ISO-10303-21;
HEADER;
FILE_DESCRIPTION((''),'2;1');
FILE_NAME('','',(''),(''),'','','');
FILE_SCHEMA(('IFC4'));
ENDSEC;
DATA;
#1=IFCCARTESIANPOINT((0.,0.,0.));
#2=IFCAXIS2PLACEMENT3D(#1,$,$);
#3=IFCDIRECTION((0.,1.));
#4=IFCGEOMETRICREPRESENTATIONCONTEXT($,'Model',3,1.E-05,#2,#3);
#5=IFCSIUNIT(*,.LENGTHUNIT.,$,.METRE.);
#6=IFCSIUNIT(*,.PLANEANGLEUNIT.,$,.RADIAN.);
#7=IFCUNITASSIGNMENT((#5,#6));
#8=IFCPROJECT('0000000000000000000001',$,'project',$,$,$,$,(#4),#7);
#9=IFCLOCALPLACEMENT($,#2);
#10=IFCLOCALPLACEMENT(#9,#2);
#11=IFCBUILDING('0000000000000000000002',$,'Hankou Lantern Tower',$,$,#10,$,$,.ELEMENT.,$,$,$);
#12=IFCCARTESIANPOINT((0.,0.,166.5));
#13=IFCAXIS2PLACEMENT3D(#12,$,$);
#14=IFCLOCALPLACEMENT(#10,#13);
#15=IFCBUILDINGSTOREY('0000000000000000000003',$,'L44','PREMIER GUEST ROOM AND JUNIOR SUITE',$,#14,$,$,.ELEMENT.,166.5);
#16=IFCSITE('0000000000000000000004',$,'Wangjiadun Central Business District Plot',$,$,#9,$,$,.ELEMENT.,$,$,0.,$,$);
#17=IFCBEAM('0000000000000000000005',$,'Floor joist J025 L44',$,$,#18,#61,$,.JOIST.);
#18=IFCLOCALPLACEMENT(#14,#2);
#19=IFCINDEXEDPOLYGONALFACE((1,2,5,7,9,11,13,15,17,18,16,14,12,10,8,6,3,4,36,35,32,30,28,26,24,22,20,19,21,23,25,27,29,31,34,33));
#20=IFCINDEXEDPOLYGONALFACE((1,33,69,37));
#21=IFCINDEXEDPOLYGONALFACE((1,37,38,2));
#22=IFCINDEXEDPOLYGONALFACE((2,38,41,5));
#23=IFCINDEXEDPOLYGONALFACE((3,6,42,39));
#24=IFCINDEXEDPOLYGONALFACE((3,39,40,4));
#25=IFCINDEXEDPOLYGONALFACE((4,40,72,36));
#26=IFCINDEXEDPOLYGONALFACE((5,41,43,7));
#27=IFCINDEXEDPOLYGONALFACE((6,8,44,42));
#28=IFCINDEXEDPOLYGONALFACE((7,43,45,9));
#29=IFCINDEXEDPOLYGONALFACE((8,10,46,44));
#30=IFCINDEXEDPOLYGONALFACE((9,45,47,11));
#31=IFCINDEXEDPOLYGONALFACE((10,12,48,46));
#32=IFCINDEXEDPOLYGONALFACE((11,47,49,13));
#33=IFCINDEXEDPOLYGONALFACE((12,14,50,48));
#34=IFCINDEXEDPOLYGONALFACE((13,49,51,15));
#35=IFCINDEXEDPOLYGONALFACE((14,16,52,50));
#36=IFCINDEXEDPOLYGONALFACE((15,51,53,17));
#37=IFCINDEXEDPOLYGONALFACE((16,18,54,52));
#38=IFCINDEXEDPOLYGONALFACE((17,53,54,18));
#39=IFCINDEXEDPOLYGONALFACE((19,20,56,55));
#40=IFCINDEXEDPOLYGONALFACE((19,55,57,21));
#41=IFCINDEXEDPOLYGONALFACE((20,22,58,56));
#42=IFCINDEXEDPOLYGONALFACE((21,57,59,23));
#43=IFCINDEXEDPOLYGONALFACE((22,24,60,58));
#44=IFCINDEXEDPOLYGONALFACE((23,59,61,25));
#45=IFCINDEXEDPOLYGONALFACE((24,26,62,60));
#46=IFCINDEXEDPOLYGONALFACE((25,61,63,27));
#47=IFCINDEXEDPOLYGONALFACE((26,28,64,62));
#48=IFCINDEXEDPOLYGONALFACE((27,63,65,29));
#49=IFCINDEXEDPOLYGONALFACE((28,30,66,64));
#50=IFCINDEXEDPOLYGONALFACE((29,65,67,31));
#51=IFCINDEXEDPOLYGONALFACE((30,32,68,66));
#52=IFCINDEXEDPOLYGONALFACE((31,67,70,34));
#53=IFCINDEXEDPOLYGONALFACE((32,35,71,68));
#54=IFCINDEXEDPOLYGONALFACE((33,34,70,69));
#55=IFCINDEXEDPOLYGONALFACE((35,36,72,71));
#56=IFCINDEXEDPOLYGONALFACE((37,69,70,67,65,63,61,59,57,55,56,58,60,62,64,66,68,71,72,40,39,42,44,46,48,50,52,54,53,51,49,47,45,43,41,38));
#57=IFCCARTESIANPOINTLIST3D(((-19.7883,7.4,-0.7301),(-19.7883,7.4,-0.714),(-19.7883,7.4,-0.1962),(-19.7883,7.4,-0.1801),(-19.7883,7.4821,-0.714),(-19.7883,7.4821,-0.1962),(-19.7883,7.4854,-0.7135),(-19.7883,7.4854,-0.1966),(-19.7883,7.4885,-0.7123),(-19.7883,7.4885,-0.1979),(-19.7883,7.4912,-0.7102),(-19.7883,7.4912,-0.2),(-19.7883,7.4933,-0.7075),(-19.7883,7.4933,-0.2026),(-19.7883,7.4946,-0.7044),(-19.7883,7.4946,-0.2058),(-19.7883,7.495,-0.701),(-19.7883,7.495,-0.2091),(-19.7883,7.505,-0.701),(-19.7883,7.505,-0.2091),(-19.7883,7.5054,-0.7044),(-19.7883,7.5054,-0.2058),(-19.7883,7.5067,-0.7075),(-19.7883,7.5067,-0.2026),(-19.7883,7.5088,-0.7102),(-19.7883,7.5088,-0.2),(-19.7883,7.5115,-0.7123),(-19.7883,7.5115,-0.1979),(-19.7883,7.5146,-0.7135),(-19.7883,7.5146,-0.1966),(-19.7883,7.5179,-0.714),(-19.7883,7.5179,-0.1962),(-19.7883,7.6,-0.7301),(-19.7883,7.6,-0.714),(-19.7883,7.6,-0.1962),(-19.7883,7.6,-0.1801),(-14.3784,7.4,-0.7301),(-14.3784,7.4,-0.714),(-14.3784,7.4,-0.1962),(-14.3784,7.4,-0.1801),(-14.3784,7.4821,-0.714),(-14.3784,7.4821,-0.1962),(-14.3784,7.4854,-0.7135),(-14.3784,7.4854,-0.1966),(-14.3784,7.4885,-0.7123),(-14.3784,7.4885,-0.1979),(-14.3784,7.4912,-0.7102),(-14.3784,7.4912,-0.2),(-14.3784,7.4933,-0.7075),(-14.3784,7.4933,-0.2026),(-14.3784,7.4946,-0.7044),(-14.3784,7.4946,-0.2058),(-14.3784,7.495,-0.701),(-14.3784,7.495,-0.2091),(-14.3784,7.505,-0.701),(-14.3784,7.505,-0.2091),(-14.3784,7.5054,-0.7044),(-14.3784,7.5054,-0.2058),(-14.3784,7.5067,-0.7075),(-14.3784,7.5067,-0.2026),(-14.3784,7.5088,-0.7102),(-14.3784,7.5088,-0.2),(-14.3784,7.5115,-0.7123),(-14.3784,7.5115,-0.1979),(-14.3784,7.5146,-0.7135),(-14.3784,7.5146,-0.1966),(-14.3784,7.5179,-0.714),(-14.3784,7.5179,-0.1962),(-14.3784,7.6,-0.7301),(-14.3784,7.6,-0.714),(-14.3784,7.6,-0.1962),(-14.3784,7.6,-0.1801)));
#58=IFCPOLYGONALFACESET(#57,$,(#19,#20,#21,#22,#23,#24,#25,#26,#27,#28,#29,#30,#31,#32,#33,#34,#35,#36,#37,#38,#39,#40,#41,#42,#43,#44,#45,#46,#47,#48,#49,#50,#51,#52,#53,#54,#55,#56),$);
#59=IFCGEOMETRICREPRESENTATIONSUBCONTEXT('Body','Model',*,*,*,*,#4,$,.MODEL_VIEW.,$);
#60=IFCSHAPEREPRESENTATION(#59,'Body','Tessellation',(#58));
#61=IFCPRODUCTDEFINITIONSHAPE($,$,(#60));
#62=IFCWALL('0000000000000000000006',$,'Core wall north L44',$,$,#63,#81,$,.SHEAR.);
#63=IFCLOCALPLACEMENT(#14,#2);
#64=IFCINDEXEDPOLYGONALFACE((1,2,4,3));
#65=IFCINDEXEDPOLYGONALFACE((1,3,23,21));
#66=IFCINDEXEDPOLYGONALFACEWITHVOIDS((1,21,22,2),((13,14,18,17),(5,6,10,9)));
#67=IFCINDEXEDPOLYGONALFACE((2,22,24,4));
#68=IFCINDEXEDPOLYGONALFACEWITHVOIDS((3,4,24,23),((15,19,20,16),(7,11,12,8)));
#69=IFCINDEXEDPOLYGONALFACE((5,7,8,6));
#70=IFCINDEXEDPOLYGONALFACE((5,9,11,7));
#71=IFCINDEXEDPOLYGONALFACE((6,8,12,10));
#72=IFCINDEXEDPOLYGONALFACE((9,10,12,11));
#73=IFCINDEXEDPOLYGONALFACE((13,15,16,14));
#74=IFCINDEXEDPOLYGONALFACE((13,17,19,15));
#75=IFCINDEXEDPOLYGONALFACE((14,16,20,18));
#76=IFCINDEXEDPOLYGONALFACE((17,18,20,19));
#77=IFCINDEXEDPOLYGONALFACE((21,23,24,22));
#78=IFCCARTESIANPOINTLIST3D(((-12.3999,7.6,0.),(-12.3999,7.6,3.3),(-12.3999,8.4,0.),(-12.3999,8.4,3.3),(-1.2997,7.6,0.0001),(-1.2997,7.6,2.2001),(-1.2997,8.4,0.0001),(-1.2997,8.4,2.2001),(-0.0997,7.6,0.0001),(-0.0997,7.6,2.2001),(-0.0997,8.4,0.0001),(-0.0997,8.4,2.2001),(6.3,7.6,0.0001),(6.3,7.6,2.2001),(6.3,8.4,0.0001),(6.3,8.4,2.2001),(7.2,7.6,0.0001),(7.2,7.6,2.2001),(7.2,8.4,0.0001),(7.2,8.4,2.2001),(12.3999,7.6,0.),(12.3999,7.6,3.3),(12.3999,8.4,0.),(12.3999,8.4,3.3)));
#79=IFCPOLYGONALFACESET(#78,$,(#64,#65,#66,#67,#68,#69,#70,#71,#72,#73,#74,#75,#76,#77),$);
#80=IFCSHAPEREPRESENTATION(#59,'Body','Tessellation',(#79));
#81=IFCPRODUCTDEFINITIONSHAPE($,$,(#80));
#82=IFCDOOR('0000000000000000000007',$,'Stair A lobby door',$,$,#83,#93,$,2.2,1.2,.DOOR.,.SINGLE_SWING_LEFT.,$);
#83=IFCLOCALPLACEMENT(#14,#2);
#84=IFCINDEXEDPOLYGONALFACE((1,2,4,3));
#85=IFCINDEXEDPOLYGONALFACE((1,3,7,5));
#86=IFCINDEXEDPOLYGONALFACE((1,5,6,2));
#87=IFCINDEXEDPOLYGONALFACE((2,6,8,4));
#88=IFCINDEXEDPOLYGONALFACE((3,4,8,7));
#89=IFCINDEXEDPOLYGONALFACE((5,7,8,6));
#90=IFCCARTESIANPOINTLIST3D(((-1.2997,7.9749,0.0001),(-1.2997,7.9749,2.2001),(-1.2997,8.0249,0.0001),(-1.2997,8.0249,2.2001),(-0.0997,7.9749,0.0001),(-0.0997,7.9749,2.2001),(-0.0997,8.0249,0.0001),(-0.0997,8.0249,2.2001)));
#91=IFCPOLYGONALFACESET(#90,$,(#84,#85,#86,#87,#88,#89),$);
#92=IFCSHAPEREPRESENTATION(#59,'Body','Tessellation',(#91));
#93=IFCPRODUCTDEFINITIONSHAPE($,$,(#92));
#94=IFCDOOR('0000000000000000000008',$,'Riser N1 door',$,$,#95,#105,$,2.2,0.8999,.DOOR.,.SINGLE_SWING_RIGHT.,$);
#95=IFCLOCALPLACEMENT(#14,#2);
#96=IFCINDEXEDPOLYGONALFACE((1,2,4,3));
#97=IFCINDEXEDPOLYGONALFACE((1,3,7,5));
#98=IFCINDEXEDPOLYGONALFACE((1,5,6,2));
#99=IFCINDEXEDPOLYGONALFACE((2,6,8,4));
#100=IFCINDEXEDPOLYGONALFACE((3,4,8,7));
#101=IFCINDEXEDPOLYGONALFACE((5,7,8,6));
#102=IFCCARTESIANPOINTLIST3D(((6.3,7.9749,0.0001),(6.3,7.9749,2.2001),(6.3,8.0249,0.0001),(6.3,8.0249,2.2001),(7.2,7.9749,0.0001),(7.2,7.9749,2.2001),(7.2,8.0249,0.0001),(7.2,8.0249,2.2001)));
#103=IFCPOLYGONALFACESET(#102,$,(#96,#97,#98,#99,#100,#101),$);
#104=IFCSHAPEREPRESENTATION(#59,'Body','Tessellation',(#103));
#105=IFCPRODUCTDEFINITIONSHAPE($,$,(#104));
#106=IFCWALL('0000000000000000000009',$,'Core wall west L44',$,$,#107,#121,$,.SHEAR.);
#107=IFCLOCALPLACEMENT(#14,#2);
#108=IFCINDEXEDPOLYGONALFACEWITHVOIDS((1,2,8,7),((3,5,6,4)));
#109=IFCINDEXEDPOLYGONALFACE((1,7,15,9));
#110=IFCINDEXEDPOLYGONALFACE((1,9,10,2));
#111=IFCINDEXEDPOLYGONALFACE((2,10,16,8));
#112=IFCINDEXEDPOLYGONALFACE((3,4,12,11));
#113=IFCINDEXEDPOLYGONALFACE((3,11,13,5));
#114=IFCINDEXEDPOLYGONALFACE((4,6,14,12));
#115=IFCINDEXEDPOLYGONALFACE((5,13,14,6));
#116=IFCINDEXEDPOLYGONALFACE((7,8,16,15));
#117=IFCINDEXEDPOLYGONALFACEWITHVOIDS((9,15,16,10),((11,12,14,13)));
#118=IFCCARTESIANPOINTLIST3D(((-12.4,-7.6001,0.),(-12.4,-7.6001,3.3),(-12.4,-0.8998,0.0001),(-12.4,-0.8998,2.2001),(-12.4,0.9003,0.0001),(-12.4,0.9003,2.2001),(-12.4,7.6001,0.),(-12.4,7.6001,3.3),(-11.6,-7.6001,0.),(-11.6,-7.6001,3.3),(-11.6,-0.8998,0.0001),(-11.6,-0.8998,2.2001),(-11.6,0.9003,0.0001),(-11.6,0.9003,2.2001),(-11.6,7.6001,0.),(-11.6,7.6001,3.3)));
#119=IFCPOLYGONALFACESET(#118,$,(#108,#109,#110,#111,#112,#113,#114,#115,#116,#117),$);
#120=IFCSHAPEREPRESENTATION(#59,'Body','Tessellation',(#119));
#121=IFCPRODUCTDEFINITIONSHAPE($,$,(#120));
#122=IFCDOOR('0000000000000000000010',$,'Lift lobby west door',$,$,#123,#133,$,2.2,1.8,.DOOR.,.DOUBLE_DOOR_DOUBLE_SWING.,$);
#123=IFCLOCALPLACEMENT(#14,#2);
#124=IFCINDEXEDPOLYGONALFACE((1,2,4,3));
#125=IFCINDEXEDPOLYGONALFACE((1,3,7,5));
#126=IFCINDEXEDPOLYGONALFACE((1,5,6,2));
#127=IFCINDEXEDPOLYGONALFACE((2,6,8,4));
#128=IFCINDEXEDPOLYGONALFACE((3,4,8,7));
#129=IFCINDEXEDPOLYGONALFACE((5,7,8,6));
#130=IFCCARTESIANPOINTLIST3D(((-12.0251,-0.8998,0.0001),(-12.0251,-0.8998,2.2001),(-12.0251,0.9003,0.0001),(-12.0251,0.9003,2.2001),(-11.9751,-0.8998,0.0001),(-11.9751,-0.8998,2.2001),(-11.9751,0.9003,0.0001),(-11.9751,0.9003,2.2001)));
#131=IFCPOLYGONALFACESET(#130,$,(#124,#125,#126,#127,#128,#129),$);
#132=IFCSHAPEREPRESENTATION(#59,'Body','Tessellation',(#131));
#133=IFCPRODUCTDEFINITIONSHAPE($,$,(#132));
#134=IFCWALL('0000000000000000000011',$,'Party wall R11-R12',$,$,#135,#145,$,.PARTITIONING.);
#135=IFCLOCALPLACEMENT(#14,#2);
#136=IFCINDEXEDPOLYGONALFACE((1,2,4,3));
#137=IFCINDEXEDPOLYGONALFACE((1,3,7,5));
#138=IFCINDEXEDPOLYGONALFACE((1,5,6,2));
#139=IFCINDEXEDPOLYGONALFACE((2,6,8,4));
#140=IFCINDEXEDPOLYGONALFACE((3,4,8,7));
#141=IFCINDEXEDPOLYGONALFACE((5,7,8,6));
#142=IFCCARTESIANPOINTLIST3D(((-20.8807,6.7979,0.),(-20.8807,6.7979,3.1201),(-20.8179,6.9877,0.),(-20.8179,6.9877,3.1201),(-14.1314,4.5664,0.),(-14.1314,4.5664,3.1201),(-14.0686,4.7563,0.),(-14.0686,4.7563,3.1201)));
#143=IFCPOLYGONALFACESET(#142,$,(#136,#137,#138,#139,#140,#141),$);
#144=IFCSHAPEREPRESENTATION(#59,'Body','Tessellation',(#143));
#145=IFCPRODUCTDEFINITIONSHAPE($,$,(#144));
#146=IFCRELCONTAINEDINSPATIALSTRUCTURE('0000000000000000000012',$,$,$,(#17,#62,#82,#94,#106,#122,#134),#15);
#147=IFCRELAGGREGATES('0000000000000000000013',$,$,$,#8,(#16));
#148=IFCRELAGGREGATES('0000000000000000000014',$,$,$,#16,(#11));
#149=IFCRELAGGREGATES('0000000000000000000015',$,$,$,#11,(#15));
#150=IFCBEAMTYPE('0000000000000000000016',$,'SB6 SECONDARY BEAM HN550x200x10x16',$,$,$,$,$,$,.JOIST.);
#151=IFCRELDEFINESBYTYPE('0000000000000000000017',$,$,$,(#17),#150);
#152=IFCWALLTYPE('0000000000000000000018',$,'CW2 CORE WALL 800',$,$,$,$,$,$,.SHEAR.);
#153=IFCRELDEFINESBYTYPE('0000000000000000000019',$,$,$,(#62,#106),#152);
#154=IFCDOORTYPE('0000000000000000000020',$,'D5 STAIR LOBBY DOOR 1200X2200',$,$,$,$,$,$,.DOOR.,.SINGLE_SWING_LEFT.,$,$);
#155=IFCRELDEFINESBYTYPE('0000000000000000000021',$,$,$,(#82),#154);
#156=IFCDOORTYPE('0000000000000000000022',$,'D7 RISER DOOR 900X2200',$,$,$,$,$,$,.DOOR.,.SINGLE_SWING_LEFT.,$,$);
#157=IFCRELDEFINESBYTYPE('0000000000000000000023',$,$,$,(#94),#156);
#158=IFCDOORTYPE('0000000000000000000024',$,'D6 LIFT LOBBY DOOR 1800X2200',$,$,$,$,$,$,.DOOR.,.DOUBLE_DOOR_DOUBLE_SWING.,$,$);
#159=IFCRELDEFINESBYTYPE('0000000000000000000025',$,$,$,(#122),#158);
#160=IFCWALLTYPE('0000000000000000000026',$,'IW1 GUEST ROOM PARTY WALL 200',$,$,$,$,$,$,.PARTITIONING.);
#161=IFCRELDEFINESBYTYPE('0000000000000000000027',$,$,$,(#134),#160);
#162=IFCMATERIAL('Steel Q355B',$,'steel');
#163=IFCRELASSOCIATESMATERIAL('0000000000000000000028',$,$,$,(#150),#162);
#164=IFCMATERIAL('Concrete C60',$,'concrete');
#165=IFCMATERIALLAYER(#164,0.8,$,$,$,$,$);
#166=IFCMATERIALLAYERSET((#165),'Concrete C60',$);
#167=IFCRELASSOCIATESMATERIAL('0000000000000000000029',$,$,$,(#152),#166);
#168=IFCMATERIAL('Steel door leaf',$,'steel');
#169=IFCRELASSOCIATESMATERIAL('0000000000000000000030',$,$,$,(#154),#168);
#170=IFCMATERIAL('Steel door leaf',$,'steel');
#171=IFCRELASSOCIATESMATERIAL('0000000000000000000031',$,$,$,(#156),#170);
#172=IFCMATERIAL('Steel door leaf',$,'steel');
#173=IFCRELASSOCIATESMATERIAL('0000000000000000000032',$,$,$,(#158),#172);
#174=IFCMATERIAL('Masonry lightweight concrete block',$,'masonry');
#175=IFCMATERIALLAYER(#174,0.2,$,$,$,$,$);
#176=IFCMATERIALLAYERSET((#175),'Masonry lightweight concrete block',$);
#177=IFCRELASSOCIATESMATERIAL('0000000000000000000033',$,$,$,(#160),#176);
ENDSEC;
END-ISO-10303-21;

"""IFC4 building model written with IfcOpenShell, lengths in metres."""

from ifc_helpers import new_model, si_unit, direction, frame, frame_2d, origin, origin_2d, place, context, subcontext, project, spatial, rectangle, i_section, extrude, material, layer, layer_set, material_profile, profile_set, type_object, element, fill, save


model = new_model("IFC4")

# Units and contexts
model_context = context("Model", 3, precision=1e-05, world=origin(), true_north=direction((0.0, 1.0)))
body_context = subcontext(model_context, "Body", "Model", "MODEL_VIEW")
ifc_project = project(units=[si_unit("LENGTHUNIT", "METRE"), si_unit("PLANEANGLEUNIT", "RADIAN")], contexts=[model_context])

# Site, building, storey
site_placement = place(None, origin())
site = spatial("IfcSite", under=ifc_project, at=site_placement, Name="Wangjiadun Central Business District Plot", CompositionType="ELEMENT", RefElevation=0.0)
building_placement = place(site_placement, origin())
building = spatial("IfcBuilding", under=site, at=building_placement, Name="Hankou Lantern Tower", CompositionType="ELEMENT")
storey_placement = place(building_placement, frame((0.0, 0.0, 166.5)))
storey = spatial("IfcBuildingStorey", under=building, at=storey_placement, Name="L44", Description="PREMIER GUEST ROOM AND JUNIOR SUITE", CompositionType="ELEMENT", Elevation=166.5)

# Beam
ifc_material_1 = material(Name="Steel Q355B", Category="steel")
ifc_material_profile_1 = material_profile(ifc_material_1, i_section(OverallWidth=0.2, OverallDepth=0.55, WebThickness=0.01, FlangeThickness=0.0161, FilletRadius=0.0129, at=origin_2d()), Name="HN550x200x10x16")
ifc_profile_set_1 = profile_set([ifc_material_profile_1], Name="Steel Q355B")
beam_type_1 = type_object("IfcBeamType", Name="SB6 SECONDARY BEAM HN550x200x10x16", PredefinedType="JOIST", material=ifc_profile_set_1)
beam_1_placement = place(storey_placement, frame((-19.7883, 7.5, -0.4551), z_axis=(1.0, 0.0, 0.0), x_axis=(0.0, 1.0, 0.0)))
element("IfcBeam", 1, at=beam_1_placement, inside=storey, type_object=beam_type_1, Name="Floor joist J025 L44", PredefinedType="JOIST", context=body_context, shape_type="SweptSolid", body=[
    extrude(i_section(OverallWidth=0.2, OverallDepth=0.55, WebThickness=0.01, FlangeThickness=0.0161, FilletRadius=0.0129, at=origin_2d()), origin(), (0.0, 0.0, 1.0), 5.4099),
])

# Wall, openings, doors
ifc_material_2 = material(Name="Concrete C60", Category="concrete")
ifc_layer_1 = layer(ifc_material_2, 0.8)
ifc_layer_set_1 = layer_set([ifc_layer_1], Name="Concrete C60")
wall_type_1 = type_object("IfcWallType", Name="CW2 CORE WALL 800", PredefinedType="SHEAR", material=ifc_layer_set_1)
wall_1_placement = place(storey_placement, frame((-12.3999, 8.0, 0.0), z_axis=(0.0, 0.0, 1.0), x_axis=(1.0, 0.0, 0.0)))
wall_1 = element("IfcWall", 2, at=wall_1_placement, inside=storey, type_object=wall_type_1, Name="Core wall north L44", PredefinedType="SHEAR", context=body_context, shape_type="SweptSolid", body=[
    extrude(rectangle(XDim=24.7998, YDim=0.8, at=frame_2d((12.3999, 0.0))), origin(), (0.0, 0.0, 1.0), 3.3),
])
opening_1_placement = place(wall_1_placement, frame((11.1001, 0.0, 0.0)))
opening_1 = element("IfcOpeningElement", 3, at=opening_1_placement, cuts=wall_1, PredefinedType="OPENING", context=body_context, shape_type="SweptSolid", body=[
    extrude(rectangle(XDim=1.2, YDim=2.2, at=frame_2d((0.6001, 1.1001))), frame((0.0, 0.4099, 0.0), z_axis=(0.0, -1.0, 0.0), x_axis=(1.0, 0.0, 0.0)), (0.0, 0.0, 1.0), 0.8201),
])
opening_2_placement = place(wall_1_placement, frame((18.7, 0.0, 0.0)))
opening_2 = element("IfcOpeningElement", 4, at=opening_2_placement, cuts=wall_1, PredefinedType="OPENING", context=body_context, shape_type="SweptSolid", body=[
    extrude(rectangle(XDim=0.8999, YDim=2.2, at=frame_2d((0.45, 1.1001))), frame((0.0, 0.4099, 0.0), z_axis=(0.0, -1.0, 0.0), x_axis=(1.0, 0.0, 0.0)), (0.0, 0.0, 1.0), 0.8201),
])
ifc_material_3 = material(Name="Steel door leaf", Category="steel")
door_type_1 = type_object("IfcDoorType", Name="D5 STAIR LOBBY DOOR 1200X2200", OperationType="SINGLE_SWING_LEFT", PredefinedType="DOOR", material=ifc_material_3)
door_1_placement = place(opening_1_placement, origin())
door_1 = element("IfcDoor", 5, at=door_1_placement, inside=storey, type_object=door_type_1, Name="Stair A lobby door", OperationType="SINGLE_SWING_LEFT", OverallHeight=2.2, OverallWidth=1.2, PredefinedType="DOOR", context=body_context, shape_type="SweptSolid", body=[
    extrude(rectangle(XDim=1.2, YDim=2.2, at=frame_2d((0.6001, 1.1001))), frame((0.0, 0.0249, 0.0), z_axis=(0.0, -1.0, 0.0), x_axis=(1.0, 0.0, 0.0)), (0.0, 0.0, 1.0), 0.05),
])
fill(opening_1, door_1)
ifc_material_4 = material(Name="Steel door leaf", Category="steel")
door_type_2 = type_object("IfcDoorType", Name="D7 RISER DOOR 900X2200", OperationType="SINGLE_SWING_LEFT", PredefinedType="DOOR", material=ifc_material_4)
door_2_placement = place(opening_2_placement, origin())
door_2 = element("IfcDoor", 6, at=door_2_placement, inside=storey, type_object=door_type_2, Name="Riser N1 door", OperationType="SINGLE_SWING_RIGHT", OverallHeight=2.2, OverallWidth=0.8999, PredefinedType="DOOR", context=body_context, shape_type="SweptSolid", body=[
    extrude(rectangle(XDim=0.8999, YDim=2.2, at=frame_2d((0.45, 1.1001))), frame((0.0, 0.0249, 0.0), z_axis=(0.0, -1.0, 0.0), x_axis=(1.0, 0.0, 0.0)), (0.0, 0.0, 1.0), 0.05),
])
fill(opening_2, door_2)

# Wall, opening, door
wall_2_placement = place(storey_placement, frame((-12.0, 7.6001, 0.0), z_axis=(0.0, 0.0, 1.0), x_axis=(0.0, -1.0, 0.0)))
wall_2 = element("IfcWall", 7, at=wall_2_placement, inside=storey, type_object=wall_type_1, Name="Core wall west L44", PredefinedType="SHEAR", context=body_context, shape_type="SweptSolid", body=[
    extrude(rectangle(XDim=15.2002, YDim=0.8, at=frame_2d((7.6001, 0.0))), origin(), (0.0, 0.0, 1.0), 3.3),
])
opening_3_placement = place(wall_2_placement, frame((6.7, 0.0, 0.0)))
opening_3 = element("IfcOpeningElement", 8, at=opening_3_placement, cuts=wall_2, PredefinedType="OPENING", context=body_context, shape_type="SweptSolid", body=[
    extrude(rectangle(XDim=1.8, YDim=2.2, at=frame_2d((0.8999, 1.1001))), frame((0.0, 0.4099, 0.0), z_axis=(0.0, -1.0, 0.0), x_axis=(1.0, 0.0, 0.0)), (0.0, 0.0, 1.0), 0.8201),
])
ifc_material_5 = material(Name="Steel door leaf", Category="steel")
door_type_3 = type_object("IfcDoorType", Name="D6 LIFT LOBBY DOOR 1800X2200", OperationType="DOUBLE_DOOR_DOUBLE_SWING", PredefinedType="DOOR", material=ifc_material_5)
door_3_placement = place(opening_3_placement, origin())
door_3 = element("IfcDoor", 9, at=door_3_placement, inside=storey, type_object=door_type_3, Name="Lift lobby west door", OperationType="DOUBLE_DOOR_DOUBLE_SWING", OverallHeight=2.2, OverallWidth=1.8, PredefinedType="DOOR", context=body_context, shape_type="SweptSolid", body=[
    extrude(rectangle(XDim=1.8, YDim=2.2, at=frame_2d((0.8999, 1.1001))), frame((0.0, 0.0249, 0.0), z_axis=(0.0, -1.0, 0.0), x_axis=(1.0, 0.0, 0.0)), (0.0, 0.0, 1.0), 0.05),
])
fill(opening_3, door_3)

# Wall
ifc_material_6 = material(Name="Masonry lightweight concrete block", Category="masonry")
ifc_layer_2 = layer(ifc_material_6, 0.2)
ifc_layer_set_2 = layer_set([ifc_layer_2], Name="Masonry lightweight concrete block")
wall_type_2 = type_object("IfcWallType", Name="IW1 GUEST ROOM PARTY WALL 200", PredefinedType="PARTITIONING", material=ifc_layer_set_2)
wall_3_placement = place(storey_placement, frame((-14.1001, 4.6614, 0.0), z_axis=(0.0, 0.0, 1.0), x_axis=(-0.949453, 0.313909, 0.0)))
element("IfcWall", 10, at=wall_3_placement, inside=storey, type_object=wall_type_2, Name="Party wall R11-R12", PredefinedType="PARTITIONING", context=body_context, shape_type="SweptSolid", body=[
    extrude(rectangle(XDim=7.1086, YDim=0.2, at=frame_2d((3.5542, 0.0))), origin(), (0.0, 0.0, 1.0), 3.1201),
])

save(model, "model.ifc")
